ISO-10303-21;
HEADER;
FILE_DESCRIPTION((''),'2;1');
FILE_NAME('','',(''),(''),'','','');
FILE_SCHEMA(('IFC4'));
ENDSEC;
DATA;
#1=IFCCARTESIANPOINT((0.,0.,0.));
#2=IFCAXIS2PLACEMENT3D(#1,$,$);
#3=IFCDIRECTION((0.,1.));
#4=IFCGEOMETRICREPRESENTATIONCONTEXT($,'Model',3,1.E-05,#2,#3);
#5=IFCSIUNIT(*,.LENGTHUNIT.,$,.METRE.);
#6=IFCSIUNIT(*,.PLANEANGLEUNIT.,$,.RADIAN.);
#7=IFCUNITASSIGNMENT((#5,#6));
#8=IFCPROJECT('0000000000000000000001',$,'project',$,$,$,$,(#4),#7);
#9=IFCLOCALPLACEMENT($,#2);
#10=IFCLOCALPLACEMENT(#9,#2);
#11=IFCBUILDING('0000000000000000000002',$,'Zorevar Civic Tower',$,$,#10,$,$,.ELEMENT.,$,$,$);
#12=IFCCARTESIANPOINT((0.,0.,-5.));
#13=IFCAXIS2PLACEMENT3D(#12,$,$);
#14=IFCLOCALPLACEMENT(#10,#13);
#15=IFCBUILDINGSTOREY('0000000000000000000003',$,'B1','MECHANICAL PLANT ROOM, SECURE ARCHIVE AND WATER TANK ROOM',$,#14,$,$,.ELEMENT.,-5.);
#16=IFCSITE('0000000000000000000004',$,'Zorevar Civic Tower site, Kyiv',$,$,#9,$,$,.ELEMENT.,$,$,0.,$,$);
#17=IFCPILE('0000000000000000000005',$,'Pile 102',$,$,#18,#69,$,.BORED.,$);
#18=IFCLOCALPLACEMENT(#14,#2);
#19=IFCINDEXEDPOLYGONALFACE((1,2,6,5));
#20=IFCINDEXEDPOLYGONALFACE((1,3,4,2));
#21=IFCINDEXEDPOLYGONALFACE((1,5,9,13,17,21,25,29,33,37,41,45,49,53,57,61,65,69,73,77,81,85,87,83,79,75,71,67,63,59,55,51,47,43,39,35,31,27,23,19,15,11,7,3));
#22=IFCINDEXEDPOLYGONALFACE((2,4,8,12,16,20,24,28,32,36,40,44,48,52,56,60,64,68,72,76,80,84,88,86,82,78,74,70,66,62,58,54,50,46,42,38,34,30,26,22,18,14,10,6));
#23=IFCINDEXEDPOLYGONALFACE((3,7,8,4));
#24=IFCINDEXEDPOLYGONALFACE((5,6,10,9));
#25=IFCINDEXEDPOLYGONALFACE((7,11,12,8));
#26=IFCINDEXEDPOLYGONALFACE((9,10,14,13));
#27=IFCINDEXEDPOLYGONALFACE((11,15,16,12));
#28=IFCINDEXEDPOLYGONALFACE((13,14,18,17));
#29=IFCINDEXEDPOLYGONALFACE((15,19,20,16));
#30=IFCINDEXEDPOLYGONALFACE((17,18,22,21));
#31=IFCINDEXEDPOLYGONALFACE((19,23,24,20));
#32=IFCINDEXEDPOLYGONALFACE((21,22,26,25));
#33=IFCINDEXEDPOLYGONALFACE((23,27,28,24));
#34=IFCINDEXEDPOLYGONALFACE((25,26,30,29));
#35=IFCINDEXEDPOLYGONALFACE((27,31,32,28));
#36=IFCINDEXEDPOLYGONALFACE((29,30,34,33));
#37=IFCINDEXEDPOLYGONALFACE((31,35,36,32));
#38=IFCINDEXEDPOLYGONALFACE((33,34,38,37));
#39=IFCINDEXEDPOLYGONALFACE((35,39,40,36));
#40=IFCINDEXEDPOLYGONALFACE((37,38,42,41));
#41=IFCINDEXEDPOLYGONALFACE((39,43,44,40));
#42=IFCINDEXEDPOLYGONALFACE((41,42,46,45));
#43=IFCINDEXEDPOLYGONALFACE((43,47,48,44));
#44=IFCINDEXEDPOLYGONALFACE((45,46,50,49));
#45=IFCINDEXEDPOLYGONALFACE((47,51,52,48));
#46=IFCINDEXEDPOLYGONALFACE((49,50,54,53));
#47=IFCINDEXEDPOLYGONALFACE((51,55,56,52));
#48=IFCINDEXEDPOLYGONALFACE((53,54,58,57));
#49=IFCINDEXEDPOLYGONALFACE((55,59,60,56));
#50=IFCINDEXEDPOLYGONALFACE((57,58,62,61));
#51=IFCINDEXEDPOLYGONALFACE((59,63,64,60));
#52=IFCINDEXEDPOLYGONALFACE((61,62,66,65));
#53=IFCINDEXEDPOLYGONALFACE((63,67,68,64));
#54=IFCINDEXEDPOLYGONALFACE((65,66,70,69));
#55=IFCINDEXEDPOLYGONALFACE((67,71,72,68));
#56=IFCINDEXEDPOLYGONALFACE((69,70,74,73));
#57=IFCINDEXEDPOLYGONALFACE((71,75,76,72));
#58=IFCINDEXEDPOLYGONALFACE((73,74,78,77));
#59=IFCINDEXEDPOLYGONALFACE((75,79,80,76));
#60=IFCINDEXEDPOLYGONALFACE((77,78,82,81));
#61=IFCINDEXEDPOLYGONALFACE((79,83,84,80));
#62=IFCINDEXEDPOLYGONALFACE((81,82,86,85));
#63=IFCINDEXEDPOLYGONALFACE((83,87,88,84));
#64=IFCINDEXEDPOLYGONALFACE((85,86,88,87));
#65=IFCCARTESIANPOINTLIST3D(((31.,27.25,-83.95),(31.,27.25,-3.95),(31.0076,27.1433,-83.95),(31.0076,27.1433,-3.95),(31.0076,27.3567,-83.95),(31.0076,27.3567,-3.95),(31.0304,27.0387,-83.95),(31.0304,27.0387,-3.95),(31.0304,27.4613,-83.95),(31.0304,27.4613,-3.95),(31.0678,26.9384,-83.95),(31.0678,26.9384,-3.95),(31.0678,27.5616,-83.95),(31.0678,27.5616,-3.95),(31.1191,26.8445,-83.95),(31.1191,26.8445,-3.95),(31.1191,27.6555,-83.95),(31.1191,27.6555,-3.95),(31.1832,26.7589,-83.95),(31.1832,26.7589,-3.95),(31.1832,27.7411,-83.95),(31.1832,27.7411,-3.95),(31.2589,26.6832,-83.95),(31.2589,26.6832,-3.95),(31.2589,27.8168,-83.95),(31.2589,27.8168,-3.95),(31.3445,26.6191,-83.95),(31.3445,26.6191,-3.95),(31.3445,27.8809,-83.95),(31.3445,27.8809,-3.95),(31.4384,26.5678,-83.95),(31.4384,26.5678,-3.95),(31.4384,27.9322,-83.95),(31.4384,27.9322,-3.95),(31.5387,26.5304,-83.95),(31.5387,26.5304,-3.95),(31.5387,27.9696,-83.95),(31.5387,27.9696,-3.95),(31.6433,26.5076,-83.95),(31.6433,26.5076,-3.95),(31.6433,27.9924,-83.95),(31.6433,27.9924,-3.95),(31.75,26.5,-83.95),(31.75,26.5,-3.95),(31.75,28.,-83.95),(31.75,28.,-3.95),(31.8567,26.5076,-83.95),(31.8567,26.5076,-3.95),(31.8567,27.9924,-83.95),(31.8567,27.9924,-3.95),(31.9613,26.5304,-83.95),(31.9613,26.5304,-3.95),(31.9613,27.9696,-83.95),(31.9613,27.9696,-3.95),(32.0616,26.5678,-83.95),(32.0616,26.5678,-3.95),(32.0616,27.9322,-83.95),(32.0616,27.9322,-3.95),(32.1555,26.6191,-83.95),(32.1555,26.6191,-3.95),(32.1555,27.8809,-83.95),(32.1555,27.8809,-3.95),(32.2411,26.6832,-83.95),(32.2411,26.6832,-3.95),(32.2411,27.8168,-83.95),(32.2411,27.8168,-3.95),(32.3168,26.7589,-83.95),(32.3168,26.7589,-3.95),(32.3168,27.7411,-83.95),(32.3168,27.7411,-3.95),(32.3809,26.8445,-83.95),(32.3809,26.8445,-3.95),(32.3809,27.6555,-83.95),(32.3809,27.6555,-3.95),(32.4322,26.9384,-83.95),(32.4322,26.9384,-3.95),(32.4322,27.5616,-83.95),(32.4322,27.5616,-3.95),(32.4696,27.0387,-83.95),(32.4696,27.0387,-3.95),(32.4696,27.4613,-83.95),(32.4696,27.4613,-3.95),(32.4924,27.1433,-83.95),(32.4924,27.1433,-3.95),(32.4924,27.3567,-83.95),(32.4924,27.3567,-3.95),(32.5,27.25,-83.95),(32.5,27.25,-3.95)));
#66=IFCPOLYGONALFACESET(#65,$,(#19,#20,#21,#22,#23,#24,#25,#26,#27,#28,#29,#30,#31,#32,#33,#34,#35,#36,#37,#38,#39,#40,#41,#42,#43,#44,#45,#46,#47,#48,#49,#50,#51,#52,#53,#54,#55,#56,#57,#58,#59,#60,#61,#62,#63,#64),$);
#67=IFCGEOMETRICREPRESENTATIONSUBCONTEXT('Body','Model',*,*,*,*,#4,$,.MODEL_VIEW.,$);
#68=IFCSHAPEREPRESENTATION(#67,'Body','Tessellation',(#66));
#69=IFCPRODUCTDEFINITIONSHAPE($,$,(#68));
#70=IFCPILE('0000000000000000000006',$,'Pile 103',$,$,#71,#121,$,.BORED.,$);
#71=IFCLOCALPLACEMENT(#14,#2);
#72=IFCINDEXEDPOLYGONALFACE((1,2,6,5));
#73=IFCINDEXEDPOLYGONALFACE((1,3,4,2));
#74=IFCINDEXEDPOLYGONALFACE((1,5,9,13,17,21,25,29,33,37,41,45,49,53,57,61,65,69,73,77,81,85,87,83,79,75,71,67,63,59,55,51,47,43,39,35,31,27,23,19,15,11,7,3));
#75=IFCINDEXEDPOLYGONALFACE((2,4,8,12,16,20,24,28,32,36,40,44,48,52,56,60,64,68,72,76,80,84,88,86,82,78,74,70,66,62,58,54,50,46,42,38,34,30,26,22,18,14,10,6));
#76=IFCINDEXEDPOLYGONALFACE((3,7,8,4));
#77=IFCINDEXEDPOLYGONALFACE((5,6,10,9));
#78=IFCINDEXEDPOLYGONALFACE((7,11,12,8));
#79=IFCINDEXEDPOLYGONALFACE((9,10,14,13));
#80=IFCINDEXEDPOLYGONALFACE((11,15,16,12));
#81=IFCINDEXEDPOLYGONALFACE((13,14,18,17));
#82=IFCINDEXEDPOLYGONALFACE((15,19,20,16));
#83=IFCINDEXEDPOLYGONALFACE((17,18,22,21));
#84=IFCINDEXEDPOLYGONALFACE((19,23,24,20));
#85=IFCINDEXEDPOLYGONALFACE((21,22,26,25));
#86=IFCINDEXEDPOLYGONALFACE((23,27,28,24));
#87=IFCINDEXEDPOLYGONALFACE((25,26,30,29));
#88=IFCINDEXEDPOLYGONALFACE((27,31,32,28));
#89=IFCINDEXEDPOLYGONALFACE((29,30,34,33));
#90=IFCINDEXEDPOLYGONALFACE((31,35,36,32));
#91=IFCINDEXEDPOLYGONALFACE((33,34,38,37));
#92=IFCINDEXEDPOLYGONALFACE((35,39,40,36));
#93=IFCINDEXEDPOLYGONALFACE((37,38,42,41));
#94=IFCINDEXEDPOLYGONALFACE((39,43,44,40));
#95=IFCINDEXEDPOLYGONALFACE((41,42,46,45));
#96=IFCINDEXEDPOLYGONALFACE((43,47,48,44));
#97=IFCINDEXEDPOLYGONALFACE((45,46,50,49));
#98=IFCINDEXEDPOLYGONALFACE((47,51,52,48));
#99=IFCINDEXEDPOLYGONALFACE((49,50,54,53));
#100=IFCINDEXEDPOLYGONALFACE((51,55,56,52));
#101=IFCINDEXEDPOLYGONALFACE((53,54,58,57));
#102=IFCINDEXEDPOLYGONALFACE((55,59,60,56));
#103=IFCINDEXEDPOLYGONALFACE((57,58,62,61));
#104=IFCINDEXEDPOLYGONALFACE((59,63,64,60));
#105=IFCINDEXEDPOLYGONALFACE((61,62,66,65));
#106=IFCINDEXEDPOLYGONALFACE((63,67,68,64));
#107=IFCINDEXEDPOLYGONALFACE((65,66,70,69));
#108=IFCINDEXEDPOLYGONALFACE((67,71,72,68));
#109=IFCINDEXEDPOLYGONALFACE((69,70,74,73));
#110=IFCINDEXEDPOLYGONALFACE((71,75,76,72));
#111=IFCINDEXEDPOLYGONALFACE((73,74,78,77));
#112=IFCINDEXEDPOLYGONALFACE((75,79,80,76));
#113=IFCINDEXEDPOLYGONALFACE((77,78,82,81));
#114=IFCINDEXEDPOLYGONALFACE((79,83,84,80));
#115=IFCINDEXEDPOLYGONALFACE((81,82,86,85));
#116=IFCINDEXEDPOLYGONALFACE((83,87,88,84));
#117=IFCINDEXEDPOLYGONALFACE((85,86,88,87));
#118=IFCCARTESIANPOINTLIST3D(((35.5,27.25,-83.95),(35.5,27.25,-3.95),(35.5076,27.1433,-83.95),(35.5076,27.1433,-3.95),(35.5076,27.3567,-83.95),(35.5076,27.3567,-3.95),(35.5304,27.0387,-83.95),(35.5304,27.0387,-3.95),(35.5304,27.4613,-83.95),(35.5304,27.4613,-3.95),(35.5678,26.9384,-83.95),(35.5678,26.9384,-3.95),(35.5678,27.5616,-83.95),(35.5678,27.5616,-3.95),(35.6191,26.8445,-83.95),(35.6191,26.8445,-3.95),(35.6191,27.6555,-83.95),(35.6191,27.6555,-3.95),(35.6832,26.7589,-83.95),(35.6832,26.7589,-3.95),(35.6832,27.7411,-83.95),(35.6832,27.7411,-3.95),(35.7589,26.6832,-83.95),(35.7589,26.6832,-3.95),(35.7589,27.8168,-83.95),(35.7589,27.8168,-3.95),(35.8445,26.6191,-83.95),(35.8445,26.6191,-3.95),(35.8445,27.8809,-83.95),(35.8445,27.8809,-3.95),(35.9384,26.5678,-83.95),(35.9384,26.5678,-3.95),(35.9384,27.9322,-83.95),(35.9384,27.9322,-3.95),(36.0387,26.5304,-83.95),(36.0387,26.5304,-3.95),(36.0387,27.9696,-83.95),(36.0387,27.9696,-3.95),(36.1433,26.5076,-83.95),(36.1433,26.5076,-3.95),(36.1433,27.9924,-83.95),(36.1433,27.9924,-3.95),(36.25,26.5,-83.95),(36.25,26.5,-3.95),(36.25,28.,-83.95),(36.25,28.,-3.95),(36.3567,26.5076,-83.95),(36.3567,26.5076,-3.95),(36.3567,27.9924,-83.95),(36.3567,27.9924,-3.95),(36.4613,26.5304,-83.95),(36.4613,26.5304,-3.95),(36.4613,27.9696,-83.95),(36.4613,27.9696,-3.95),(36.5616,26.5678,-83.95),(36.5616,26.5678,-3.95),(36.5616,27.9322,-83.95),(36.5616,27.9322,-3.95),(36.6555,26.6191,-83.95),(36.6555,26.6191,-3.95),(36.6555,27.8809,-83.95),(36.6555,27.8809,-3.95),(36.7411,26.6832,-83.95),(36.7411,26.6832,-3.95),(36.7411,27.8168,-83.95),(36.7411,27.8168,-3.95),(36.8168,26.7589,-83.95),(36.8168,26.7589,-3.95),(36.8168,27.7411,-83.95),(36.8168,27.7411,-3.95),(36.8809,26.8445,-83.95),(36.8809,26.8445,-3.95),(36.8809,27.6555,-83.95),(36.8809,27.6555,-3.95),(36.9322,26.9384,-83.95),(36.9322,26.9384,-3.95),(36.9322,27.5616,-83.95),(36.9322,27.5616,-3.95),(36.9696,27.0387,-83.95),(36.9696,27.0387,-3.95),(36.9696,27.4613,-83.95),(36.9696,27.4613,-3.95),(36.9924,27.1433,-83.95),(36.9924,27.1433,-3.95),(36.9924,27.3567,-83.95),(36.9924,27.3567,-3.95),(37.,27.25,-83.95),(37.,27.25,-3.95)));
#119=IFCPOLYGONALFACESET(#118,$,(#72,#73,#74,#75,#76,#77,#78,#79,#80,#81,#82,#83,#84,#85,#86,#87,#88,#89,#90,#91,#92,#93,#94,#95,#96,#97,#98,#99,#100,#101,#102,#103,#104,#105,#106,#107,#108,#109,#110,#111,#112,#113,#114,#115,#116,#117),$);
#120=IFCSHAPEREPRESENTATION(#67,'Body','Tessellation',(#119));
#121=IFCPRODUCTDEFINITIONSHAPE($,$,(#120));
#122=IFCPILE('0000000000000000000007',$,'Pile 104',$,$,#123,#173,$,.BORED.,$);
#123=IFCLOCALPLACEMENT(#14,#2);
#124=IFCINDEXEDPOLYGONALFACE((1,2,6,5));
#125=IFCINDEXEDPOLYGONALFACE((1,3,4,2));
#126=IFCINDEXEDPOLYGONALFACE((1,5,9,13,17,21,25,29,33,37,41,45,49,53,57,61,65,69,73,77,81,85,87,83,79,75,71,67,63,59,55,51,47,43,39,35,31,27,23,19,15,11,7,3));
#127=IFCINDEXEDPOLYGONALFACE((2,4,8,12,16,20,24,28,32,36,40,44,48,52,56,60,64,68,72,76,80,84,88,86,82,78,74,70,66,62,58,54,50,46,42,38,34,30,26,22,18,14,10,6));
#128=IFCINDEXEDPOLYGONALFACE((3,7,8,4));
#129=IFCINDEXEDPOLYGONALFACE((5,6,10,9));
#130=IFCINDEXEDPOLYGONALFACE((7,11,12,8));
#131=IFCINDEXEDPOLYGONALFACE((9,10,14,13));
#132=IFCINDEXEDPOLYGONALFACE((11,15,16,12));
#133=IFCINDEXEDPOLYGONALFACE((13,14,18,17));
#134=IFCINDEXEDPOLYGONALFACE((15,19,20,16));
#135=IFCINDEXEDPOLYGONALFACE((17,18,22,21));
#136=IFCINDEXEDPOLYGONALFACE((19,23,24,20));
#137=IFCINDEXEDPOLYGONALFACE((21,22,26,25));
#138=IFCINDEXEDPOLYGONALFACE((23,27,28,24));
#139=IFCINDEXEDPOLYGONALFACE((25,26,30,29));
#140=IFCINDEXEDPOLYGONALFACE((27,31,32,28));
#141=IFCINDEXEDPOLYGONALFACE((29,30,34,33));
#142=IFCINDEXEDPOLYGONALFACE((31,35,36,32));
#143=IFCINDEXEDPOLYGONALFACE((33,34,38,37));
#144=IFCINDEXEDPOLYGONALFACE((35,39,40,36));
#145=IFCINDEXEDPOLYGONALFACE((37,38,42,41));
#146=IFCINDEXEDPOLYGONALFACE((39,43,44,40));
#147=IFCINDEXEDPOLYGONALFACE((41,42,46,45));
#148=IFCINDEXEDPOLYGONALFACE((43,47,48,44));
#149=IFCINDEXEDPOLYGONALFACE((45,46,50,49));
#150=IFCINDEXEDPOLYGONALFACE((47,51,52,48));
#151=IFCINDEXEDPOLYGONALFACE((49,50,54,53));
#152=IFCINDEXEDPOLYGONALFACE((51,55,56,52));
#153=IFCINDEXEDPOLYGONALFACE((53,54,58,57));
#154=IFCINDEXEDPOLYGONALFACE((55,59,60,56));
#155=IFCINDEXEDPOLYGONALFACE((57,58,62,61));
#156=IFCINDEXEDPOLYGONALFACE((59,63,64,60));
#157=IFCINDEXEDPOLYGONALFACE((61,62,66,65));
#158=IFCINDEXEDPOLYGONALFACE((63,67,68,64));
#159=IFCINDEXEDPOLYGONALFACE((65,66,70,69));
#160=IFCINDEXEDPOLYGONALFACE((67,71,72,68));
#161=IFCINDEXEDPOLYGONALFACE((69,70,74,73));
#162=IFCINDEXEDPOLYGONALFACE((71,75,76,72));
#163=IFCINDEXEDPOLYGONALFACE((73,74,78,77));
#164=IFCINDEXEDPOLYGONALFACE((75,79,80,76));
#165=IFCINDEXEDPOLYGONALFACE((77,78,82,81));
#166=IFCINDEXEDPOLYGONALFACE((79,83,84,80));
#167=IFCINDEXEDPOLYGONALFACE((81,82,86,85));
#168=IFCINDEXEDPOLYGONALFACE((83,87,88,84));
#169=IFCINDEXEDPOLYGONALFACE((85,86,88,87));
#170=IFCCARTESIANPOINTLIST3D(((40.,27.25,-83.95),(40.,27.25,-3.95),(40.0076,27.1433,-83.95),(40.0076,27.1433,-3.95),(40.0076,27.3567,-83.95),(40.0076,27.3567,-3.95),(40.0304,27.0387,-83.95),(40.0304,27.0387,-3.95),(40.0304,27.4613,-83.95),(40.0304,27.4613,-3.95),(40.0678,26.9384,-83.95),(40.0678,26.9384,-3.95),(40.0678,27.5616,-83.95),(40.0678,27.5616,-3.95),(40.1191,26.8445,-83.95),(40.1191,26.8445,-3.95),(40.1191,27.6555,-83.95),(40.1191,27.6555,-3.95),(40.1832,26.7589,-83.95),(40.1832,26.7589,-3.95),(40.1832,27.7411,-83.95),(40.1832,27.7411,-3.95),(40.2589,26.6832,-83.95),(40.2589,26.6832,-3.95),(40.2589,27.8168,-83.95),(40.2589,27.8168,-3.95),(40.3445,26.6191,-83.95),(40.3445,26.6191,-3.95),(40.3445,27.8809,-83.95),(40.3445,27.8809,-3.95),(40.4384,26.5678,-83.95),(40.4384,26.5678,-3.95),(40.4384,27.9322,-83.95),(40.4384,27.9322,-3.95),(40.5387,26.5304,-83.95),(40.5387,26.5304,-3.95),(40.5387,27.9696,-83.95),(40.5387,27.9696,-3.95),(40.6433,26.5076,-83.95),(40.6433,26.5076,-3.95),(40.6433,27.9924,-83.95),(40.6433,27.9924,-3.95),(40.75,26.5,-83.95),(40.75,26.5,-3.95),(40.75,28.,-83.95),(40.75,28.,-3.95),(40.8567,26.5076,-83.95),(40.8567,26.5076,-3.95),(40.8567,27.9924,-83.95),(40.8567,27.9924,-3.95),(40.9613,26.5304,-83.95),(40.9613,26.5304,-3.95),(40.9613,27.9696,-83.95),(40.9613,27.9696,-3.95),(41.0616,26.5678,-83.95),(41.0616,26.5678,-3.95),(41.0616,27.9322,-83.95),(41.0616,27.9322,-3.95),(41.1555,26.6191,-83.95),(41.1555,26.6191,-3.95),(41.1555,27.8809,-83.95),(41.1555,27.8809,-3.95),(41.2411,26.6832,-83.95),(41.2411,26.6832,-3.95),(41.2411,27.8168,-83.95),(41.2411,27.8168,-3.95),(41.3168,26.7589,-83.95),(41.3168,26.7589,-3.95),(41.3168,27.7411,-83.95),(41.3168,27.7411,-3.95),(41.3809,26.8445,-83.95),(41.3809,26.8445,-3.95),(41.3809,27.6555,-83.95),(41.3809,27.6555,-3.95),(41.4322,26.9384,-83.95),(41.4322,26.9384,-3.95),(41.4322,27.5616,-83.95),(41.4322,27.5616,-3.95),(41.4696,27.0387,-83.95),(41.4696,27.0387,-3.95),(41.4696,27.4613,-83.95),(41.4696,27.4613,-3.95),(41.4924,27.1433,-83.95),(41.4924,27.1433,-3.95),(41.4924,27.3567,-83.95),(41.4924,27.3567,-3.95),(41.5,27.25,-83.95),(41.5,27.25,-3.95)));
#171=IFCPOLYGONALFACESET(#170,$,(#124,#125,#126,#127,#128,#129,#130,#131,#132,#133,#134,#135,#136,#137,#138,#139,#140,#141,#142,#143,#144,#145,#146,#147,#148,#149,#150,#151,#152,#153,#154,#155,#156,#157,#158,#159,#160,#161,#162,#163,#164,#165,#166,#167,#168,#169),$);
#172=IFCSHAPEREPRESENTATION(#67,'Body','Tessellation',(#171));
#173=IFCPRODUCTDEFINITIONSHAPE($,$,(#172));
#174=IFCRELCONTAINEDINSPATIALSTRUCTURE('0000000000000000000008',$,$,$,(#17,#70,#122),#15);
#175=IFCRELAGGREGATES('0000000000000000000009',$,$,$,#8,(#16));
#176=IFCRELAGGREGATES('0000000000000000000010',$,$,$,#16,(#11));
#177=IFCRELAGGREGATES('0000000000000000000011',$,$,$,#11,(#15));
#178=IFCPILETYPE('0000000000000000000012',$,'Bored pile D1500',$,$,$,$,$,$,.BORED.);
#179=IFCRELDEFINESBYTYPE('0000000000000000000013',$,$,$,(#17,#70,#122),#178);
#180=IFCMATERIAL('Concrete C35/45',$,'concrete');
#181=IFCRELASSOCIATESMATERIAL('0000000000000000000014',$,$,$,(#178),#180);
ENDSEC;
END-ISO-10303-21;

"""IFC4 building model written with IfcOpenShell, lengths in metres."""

from ifc_helpers import new_model, si_unit, direction, frame, origin, origin_2d, place, context, subcontext, project, spatial, circle, extrude, material, type_object, element, save


model = new_model("IFC4")

# Units and contexts
model_context = context("Model", 3, precision=1e-05, world=origin(), true_north=direction((0.0, 1.0)))
body_context = subcontext(model_context, "Body", "Model", "MODEL_VIEW")
ifc_project = project(units=[si_unit("LENGTHUNIT", "METRE"), si_unit("PLANEANGLEUNIT", "RADIAN")], contexts=[model_context])

# Site, building, storey
site_placement = place(None, origin())
site = spatial("IfcSite", under=ifc_project, at=site_placement, Name="Zorevar Civic Tower site, Kyiv", CompositionType="ELEMENT", RefElevation=0.0)
building_placement = place(site_placement, origin())
building = spatial("IfcBuilding", under=site, at=building_placement, Name="Zorevar Civic Tower", CompositionType="ELEMENT")
storey_placement = place(building_placement, frame((0.0, 0.0, -5.0)))
storey = spatial("IfcBuildingStorey", under=building, at=storey_placement, Name="B1", Description="MECHANICAL PLANT ROOM, SECURE ARCHIVE AND WATER TANK ROOM", CompositionType="ELEMENT", Elevation=-5.0)

# Piles
ifc_material_1 = material(Name="Concrete C35/45", Category="concrete")
pile_type = type_object("IfcPileType", Name="Bored pile D1500", PredefinedType="BORED", material=ifc_material_1)
for number, where, z_axis, x_axis, name in (
    (1, (31.75, 27.25, -3.95), (0.0, 0.0, -1.0), (1.0, 0.0, 0.0), "Pile 102"),
    (2, (36.25, 27.25, -3.95), (0.0, 0.0, -1.0), (1.0, 0.0, 0.0), "Pile 103"),
    (3, (40.75, 27.25, -3.95), (0.0, 0.0, -1.0), (1.0, 0.0, 0.0), "Pile 104"),
):
    element("IfcPile", number, at=place(storey_placement, frame(where, z_axis=z_axis, x_axis=x_axis)), inside=storey, type_object=pile_type, Name=name, PredefinedType="BORED", context=body_context, shape_type="SweptSolid", body=[
        extrude(circle(Radius=0.75, at=origin_2d()), origin(), (0.0, 0.0, 1.0), 80.0),
    ])

save(model, "model.ifc")
